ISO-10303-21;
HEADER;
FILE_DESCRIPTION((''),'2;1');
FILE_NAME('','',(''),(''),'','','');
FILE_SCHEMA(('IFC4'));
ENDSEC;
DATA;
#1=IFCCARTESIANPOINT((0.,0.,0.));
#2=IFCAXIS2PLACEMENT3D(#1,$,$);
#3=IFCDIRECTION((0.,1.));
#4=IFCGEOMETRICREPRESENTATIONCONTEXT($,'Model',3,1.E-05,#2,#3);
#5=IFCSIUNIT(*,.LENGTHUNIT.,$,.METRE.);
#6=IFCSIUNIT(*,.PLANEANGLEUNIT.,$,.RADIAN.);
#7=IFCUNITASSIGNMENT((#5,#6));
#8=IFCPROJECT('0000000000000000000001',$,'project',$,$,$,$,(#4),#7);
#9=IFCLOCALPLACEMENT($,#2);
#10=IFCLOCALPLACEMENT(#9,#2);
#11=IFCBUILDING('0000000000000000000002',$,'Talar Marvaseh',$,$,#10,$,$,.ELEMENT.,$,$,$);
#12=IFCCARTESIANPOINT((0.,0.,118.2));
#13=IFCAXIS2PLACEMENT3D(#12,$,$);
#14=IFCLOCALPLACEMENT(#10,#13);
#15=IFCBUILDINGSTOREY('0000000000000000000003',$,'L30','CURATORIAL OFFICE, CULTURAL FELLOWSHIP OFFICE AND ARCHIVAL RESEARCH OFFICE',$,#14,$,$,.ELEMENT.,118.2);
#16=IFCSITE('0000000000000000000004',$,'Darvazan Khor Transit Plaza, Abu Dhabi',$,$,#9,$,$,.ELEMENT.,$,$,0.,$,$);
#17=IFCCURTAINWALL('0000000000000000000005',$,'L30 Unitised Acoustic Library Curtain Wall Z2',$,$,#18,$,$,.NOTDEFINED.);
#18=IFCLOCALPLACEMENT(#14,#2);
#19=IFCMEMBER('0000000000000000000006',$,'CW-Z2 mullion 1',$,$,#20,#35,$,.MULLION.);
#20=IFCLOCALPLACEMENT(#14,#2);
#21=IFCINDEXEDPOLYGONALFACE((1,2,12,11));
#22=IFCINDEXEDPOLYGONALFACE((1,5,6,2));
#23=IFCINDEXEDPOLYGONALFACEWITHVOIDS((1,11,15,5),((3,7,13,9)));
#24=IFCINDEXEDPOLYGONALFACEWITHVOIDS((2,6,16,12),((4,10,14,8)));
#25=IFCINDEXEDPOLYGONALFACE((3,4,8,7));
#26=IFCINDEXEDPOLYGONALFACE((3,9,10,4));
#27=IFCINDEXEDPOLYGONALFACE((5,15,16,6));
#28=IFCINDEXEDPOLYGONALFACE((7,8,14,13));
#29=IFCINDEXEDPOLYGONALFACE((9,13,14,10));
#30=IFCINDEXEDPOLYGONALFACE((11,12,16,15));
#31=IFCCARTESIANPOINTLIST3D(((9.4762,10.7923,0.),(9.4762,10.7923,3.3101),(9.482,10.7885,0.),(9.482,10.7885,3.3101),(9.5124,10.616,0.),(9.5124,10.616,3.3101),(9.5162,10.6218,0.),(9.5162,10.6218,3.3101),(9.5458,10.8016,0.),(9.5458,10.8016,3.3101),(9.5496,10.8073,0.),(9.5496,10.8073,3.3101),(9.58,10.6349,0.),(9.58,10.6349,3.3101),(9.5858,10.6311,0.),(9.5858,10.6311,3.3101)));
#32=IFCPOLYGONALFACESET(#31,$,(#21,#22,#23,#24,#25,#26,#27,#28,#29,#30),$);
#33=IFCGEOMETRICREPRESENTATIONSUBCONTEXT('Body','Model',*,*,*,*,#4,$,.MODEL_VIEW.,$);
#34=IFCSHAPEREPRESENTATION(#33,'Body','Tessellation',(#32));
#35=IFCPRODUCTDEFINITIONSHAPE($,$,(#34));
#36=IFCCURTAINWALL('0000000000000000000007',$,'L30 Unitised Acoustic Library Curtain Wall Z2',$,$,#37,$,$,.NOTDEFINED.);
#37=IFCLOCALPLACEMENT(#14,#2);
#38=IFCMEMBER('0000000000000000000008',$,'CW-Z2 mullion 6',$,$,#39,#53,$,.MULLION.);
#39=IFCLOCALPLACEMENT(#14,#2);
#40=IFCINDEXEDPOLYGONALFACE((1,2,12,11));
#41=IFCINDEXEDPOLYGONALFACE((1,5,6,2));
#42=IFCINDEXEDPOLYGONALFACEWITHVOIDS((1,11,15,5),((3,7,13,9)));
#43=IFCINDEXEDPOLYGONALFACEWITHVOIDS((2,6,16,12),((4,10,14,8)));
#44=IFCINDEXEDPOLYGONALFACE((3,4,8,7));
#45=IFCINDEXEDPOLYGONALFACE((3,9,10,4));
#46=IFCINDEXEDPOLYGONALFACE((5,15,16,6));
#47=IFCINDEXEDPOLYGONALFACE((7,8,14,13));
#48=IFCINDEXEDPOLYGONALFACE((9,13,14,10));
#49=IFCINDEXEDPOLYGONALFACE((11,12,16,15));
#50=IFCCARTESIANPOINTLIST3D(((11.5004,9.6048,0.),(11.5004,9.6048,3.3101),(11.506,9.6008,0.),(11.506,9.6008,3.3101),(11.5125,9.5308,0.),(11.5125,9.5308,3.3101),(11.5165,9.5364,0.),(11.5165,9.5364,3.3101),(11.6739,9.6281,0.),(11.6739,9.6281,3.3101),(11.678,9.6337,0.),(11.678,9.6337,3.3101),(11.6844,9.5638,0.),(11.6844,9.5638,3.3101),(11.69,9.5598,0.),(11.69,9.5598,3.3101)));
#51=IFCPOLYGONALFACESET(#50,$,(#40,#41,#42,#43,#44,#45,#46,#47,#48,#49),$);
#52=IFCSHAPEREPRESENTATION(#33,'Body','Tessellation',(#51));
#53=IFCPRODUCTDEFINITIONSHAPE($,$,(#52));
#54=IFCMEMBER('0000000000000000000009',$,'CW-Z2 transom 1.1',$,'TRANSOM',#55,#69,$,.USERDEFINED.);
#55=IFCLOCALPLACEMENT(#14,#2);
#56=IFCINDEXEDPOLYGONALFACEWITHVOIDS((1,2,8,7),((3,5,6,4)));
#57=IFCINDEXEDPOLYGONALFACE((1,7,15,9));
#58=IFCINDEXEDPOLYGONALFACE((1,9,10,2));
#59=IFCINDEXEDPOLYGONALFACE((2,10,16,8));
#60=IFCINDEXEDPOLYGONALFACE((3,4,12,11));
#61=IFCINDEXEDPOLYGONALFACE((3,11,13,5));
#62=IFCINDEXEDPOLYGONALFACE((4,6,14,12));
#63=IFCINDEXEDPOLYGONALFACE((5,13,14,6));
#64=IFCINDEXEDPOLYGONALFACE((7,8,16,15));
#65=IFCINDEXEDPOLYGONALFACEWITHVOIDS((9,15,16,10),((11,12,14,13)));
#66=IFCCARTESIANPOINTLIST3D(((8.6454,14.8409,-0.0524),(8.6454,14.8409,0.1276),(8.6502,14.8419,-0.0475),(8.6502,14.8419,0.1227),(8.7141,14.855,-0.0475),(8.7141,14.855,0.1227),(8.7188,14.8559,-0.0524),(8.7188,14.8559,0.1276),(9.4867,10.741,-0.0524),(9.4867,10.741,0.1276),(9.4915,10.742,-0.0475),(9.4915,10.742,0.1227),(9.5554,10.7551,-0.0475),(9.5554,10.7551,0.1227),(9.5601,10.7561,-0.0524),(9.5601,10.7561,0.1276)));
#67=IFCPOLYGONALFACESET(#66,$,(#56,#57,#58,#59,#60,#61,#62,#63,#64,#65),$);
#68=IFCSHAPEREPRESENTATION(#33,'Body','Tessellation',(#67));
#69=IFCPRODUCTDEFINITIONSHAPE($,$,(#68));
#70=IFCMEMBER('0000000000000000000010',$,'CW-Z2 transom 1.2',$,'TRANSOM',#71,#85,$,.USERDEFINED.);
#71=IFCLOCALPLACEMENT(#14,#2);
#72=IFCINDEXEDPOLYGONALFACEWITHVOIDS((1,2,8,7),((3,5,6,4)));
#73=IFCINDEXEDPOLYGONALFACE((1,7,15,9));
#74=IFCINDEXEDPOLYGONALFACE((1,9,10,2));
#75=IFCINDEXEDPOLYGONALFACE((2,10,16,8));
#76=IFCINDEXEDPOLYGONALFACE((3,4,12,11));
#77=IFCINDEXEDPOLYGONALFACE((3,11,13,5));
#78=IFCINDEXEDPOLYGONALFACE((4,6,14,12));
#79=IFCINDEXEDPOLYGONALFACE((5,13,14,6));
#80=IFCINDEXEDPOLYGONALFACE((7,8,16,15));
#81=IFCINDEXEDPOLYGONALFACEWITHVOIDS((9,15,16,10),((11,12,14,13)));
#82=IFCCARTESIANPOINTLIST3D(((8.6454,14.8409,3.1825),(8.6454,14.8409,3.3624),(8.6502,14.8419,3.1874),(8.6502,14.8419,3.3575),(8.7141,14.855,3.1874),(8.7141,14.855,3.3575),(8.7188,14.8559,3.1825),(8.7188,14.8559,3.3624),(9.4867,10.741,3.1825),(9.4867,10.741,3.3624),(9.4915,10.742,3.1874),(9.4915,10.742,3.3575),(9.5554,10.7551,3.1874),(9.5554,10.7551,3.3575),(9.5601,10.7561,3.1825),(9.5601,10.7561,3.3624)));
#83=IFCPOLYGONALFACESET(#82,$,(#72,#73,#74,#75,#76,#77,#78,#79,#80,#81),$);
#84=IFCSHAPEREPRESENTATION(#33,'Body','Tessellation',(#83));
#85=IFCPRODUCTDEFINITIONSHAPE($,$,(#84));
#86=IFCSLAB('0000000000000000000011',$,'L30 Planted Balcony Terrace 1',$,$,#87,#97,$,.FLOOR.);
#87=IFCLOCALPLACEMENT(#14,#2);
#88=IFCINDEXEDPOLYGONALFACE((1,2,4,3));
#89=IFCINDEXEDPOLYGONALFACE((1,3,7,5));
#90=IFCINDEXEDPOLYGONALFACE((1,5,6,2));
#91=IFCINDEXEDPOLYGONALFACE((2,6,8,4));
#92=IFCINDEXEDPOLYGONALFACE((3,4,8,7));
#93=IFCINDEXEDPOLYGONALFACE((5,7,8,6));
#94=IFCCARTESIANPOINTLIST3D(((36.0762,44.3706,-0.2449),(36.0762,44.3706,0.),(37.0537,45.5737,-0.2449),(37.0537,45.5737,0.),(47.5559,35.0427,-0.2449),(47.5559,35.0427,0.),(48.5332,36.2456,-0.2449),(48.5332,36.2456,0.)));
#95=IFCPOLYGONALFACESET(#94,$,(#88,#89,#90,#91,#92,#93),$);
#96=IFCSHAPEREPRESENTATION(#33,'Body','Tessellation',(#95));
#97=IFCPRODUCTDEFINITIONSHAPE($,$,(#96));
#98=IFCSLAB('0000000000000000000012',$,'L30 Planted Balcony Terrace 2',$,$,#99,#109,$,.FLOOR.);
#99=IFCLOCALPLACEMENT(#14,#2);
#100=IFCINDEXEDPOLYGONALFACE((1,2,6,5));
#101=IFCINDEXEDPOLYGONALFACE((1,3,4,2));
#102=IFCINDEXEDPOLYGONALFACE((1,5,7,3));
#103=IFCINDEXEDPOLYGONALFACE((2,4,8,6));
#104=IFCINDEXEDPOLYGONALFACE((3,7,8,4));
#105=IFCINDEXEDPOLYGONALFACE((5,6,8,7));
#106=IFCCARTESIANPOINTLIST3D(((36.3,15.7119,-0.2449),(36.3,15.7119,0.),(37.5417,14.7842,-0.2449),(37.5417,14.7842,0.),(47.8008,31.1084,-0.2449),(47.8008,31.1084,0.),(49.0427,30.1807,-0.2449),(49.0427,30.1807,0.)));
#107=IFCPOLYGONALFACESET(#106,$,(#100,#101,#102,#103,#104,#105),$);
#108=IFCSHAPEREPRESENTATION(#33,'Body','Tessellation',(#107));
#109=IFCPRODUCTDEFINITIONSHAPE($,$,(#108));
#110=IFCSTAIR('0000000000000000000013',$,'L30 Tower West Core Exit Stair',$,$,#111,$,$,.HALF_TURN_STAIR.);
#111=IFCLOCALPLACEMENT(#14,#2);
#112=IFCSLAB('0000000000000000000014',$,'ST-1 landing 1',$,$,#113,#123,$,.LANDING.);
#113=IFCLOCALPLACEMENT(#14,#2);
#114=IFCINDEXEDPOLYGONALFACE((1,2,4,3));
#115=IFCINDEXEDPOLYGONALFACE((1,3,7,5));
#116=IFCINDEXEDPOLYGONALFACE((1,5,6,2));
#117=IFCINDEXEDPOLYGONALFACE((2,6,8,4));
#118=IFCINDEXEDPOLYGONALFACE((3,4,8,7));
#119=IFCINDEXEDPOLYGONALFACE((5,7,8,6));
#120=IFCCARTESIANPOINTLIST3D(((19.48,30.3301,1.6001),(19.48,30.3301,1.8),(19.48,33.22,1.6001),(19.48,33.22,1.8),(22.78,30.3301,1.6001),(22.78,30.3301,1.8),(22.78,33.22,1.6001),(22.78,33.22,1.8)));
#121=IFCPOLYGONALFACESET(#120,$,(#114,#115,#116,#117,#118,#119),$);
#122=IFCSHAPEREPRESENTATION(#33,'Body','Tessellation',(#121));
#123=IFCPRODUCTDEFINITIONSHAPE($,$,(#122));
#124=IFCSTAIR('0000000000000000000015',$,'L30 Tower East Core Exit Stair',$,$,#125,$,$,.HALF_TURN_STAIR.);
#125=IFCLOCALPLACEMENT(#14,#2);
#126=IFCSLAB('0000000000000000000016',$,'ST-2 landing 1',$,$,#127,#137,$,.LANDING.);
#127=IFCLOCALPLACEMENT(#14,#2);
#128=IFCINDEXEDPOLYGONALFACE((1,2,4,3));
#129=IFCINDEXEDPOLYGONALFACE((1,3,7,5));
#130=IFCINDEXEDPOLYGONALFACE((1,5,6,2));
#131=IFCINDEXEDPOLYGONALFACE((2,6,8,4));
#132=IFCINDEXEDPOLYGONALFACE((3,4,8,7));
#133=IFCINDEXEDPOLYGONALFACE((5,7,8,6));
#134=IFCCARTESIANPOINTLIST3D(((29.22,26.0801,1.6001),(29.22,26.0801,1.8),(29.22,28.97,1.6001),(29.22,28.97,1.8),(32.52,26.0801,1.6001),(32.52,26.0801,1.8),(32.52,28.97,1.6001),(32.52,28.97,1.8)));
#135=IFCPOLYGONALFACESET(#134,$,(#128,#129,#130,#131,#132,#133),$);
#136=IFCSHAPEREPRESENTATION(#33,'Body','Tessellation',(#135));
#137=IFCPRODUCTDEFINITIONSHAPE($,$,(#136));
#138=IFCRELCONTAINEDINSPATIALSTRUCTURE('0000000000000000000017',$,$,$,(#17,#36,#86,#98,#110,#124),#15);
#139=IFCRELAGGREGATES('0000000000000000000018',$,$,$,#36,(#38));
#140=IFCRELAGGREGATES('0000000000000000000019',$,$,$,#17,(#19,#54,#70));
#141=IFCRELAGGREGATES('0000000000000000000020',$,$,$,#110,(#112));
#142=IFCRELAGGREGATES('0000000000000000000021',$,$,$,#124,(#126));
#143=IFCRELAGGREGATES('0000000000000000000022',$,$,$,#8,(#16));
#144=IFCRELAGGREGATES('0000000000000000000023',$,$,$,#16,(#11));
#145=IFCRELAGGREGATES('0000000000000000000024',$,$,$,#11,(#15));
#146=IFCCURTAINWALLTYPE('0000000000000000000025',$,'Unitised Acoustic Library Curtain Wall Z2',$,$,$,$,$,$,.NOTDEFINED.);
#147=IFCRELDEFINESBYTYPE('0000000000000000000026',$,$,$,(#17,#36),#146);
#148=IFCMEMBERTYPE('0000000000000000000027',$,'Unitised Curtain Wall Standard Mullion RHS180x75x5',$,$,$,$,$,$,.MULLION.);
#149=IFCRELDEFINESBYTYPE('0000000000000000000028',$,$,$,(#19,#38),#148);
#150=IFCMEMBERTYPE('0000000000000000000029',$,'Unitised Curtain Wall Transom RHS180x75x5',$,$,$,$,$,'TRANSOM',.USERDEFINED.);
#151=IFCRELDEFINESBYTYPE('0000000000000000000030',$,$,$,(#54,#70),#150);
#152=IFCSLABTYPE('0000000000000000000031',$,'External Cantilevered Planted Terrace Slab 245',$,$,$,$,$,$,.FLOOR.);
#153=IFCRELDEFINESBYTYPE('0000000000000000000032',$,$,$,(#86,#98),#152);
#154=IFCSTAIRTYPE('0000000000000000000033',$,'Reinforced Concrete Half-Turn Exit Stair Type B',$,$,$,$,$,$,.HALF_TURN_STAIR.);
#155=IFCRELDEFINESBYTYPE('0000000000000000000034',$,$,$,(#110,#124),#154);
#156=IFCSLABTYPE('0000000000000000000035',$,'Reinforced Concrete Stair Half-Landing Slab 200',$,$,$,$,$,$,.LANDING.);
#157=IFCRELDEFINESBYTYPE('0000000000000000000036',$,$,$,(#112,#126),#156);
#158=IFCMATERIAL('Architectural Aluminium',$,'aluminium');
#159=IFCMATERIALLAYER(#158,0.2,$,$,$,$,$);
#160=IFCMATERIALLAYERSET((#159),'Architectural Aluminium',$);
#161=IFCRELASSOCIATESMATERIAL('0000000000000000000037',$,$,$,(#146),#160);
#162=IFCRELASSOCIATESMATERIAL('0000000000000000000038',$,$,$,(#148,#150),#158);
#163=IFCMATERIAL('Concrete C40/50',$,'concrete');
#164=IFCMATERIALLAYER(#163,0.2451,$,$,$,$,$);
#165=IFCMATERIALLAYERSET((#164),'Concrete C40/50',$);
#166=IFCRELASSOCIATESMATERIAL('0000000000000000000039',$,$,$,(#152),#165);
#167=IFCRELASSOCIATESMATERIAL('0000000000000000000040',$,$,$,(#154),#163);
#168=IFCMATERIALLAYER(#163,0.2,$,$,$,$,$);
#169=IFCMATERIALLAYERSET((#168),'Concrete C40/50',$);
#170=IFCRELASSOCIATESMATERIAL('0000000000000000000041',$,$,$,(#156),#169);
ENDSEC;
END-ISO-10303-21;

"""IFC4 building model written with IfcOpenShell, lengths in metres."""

from ifc_helpers import new_model, si_unit, direction, frame, origin, origin_2d, place, context, subcontext, project, spatial, polyline, hollow_rectangle, outline, extrude, source, transform, mapped, material, layer, layer_set, material_profile, profile_set, type_object, type_shapes, element, aggregate, save


model = new_model("IFC4")

# Units and contexts
model_context = context("Model", 3, precision=1e-05, world=origin(), true_north=direction((0.0, 1.0)))
body_context = subcontext(model_context, "Body", "Model", "MODEL_VIEW")
ifc_project = project(units=[si_unit("LENGTHUNIT", "METRE"), si_unit("PLANEANGLEUNIT", "RADIAN")], contexts=[model_context])

# Site, building, storey
site_placement = place(None, origin())
site = spatial("IfcSite", under=ifc_project, at=site_placement, Name="Darvazan Khor Transit Plaza, Abu Dhabi", CompositionType="ELEMENT", RefElevation=0.0)
building_placement = place(site_placement, origin())
building = spatial("IfcBuilding", under=site, at=building_placement, Name="Talar Marvaseh", CompositionType="ELEMENT")
storey_placement = place(building_placement, frame((0.0, 0.0, 118.2)))
storey = spatial("IfcBuildingStorey", under=building, at=storey_placement, Name="L30", Description="CURATORIAL OFFICE, CULTURAL FELLOWSHIP OFFICE AND ARCHIVAL RESEARCH OFFICE", CompositionType="ELEMENT", Elevation=118.2)

# Curtain walls, members
ifc_material_1 = material(Name="Architectural Aluminium", Category="aluminium")
ifc_layer_1 = layer(ifc_material_1, 0.2)
ifc_layer_set_1 = layer_set([ifc_layer_1], Name="Architectural Aluminium")
curtain_wall_type = type_object("IfcCurtainWallType", Name="Unitised Acoustic Library Curtain Wall Z2", PredefinedType="NOTDEFINED", material=ifc_layer_set_1)
curtain_wall_1_placement = place(storey_placement, origin())
curtain_wall_1 = element("IfcCurtainWall", 1, at=curtain_wall_1_placement, inside=storey, type_object=curtain_wall_type, Name="L30 Unitised Acoustic Library Curtain Wall Z2", PredefinedType="NOTDEFINED")
ifc_material_profile_1 = material_profile(ifc_material_1, hollow_rectangle(XDim=0.075, YDim=0.1799, WallThickness=0.0049, at=origin_2d()), Name="RHS180x75x5")
ifc_profile_set_1 = profile_set([ifc_material_profile_1], Name="Architectural Aluminium")
member_type_1 = type_object("IfcMemberType", Name="Unitised Curtain Wall Standard Mullion RHS180x75x5", PredefinedType="MULLION", material=ifc_profile_set_1)
shared_shape_1 = source(origin(), body_context, "Body", "SweptSolid", [
    extrude(hollow_rectangle(XDim=0.075, YDim=0.1799, WallThickness=0.0049, at=origin_2d()), origin(), (0.0, 0.0, 1.0), 3.3101),
])
type_shapes(member_type_1, [shared_shape_1])
member_1_placement = place(storey_placement, frame((9.531, 10.7117, 0.0), z_axis=(0.0, 0.0, 1.0), x_axis=(-0.979589, -0.201011, 0.0)))
member_1 = element("IfcMember", 2, at=member_1_placement, type_object=member_type_1, Name="CW-Z2 mullion 1", PredefinedType="MULLION", context=body_context, shape_type="MappedRepresentation", body=[
    mapped(shared_shape_1, transform((0.0, 0.0, 0.0), x_axis=(1.0, 0.0, 0.0), y_axis=(0.0, 1.0, 0.0), z_axis=(0.0, 0.0, 1.0), scale=1.0)),
])
curtain_wall_2_placement = place(storey_placement, origin())
curtain_wall_2 = element("IfcCurtainWall", 3, at=curtain_wall_2_placement, inside=storey, type_object=curtain_wall_type, Name="L30 Unitised Acoustic Library Curtain Wall Z2", PredefinedType="NOTDEFINED")
member_2_placement = place(storey_placement, frame((11.5952, 9.5823, 0.0), z_axis=(0.0, 0.0, 1.0), x_axis=(0.160892, -0.986972, 0.0)))
member_2 = element("IfcMember", 4, at=member_2_placement, type_object=member_type_1, Name="CW-Z2 mullion 6", PredefinedType="MULLION", context=body_context, shape_type="MappedRepresentation", body=[
    mapped(shared_shape_1, transform((0.0, 0.0, 0.0), x_axis=(1.0, 0.0, 0.0), y_axis=(0.0, 1.0, 0.0), z_axis=(0.0, 0.0, 1.0), scale=1.0)),
])
aggregate(curtain_wall_2, [member_2])

# Members
ifc_material_profile_2 = material_profile(ifc_material_1, hollow_rectangle(XDim=0.075, YDim=0.1799, WallThickness=0.0049, at=origin_2d()), Name="RHS180x75x5")
ifc_profile_set_2 = profile_set([ifc_material_profile_2], Name="Architectural Aluminium")
member_type_2 = type_object("IfcMemberType", Name="Unitised Curtain Wall Transom RHS180x75x5", ElementType="TRANSOM", PredefinedType="USERDEFINED", material=ifc_profile_set_2)
shared_shape_2 = source(origin(), body_context, "Body", "SweptSolid", [
    extrude(hollow_rectangle(XDim=0.075, YDim=0.1799, WallThickness=0.0049, at=origin_2d()), origin(), (0.0, 0.0, 1.0), 4.1853),
])
type_shapes(member_type_2, [shared_shape_2])
member_3_placement = place(storey_placement, frame((9.5234, 10.7485, 0.0376), z_axis=(-0.201016, 0.979588, 0.0), x_axis=(-0.979588, -0.201016, 0.0)))
member_3 = element("IfcMember", 5, at=member_3_placement, type_object=member_type_2, Name="CW-Z2 transom 1.1", ObjectType="TRANSOM", PredefinedType="USERDEFINED", context=body_context, shape_type="MappedRepresentation", body=[
    mapped(shared_shape_2, transform((0.0, 0.0, 0.0), x_axis=(1.0, 0.0, 0.0), y_axis=(0.0, 1.0, 0.0), z_axis=(0.0, 0.0, 1.0), scale=1.0)),
])
member_4_placement = place(storey_placement, frame((9.5234, 10.7485, 3.2725), z_axis=(-0.201016, 0.979588, 0.0), x_axis=(-0.979588, -0.201016, 0.0)))
member_4 = element("IfcMember", 6, at=member_4_placement, type_object=member_type_2, Name="CW-Z2 transom 1.2", ObjectType="TRANSOM", PredefinedType="USERDEFINED", context=body_context, shape_type="MappedRepresentation", body=[
    mapped(shared_shape_2, transform((0.0, 0.0, 0.0), x_axis=(1.0, 0.0, 0.0), y_axis=(0.0, 1.0, 0.0), z_axis=(0.0, 0.0, 1.0), scale=1.0)),
])
aggregate(curtain_wall_1, [member_1, member_3, member_4])

# Slabs
ifc_material_2 = material(Name="Concrete C40/50", Category="concrete")
ifc_layer_2 = layer(ifc_material_2, 0.2451)
ifc_layer_set_2 = layer_set([ifc_layer_2], Name="Concrete C40/50")
slab_type_1 = type_object("IfcSlabType", Name="External Cantilevered Planted Terrace Slab 245", PredefinedType="FLOOR", material=ifc_layer_set_2)
slab_1_placement = place(storey_placement, frame((0.0, 0.0, -0.2449)))
element("IfcSlab", 7, at=slab_1_placement, inside=storey, type_object=slab_type_1, Name="L30 Planted Balcony Terrace 1", PredefinedType="FLOOR", context=body_context, shape_type="SweptSolid", body=[
    extrude(outline(polyline([(36.0762, 44.3706), (47.5559, 35.0427), (48.5332, 36.2456), (37.0537, 45.5737), (36.0762, 44.3706)])), origin(), (0.0, 0.0, 1.0), 0.2449),
])
slab_2_placement = place(storey_placement, frame((0.0, 0.0, -0.2449)))
element("IfcSlab", 8, at=slab_2_placement, inside=storey, type_object=slab_type_1, Name="L30 Planted Balcony Terrace 2", PredefinedType="FLOOR", context=body_context, shape_type="SweptSolid", body=[
    extrude(outline(polyline([(47.8008, 31.1084), (36.3, 15.7119), (37.5417, 14.7842), (49.0427, 30.1807), (47.8008, 31.1084)])), origin(), (0.0, 0.0, 1.0), 0.2449),
])

# Stairs, slabs
stair_type = type_object("IfcStairType", Name="Reinforced Concrete Half-Turn Exit Stair Type B", PredefinedType="HALF_TURN_STAIR", material=ifc_material_2)
stair_1_placement = place(storey_placement, origin())
stair_1 = element("IfcStair", 9, at=stair_1_placement, inside=storey, type_object=stair_type, Name="L30 Tower West Core Exit Stair", PredefinedType="HALF_TURN_STAIR")
ifc_layer_3 = layer(ifc_material_2, 0.2)
ifc_layer_set_3 = layer_set([ifc_layer_3], Name="Concrete C40/50")
slab_type_2 = type_object("IfcSlabType", Name="Reinforced Concrete Stair Half-Landing Slab 200", PredefinedType="LANDING", material=ifc_layer_set_3)
slab_3_placement = place(storey_placement, frame((0.0, 0.0, 1.6001)))
slab_3 = element("IfcSlab", 10, at=slab_3_placement, type_object=slab_type_2, Name="ST-1 landing 1", PredefinedType="LANDING", context=body_context, shape_type="SweptSolid", body=[
    extrude(outline(polyline([(22.78, 30.3301), (22.78, 33.22), (19.48, 33.22), (19.48, 30.3301), (22.78, 30.3301)])), origin(), (0.0, 0.0, 1.0), 0.2),
])
aggregate(stair_1, [slab_3])
stair_2_placement = place(storey_placement, origin())
stair_2 = element("IfcStair", 11, at=stair_2_placement, inside=storey, type_object=stair_type, Name="L30 Tower East Core Exit Stair", PredefinedType="HALF_TURN_STAIR")
slab_4_placement = place(storey_placement, frame((0.0, 0.0, 1.6001)))
slab_4 = element("IfcSlab", 12, at=slab_4_placement, type_object=slab_type_2, Name="ST-2 landing 1", PredefinedType="LANDING", context=body_context, shape_type="SweptSolid", body=[
    extrude(outline(polyline([(29.22, 28.97), (29.22, 26.0801), (32.52, 26.0801), (32.52, 28.97), (29.22, 28.97)])), origin(), (0.0, 0.0, 1.0), 0.2),
])
aggregate(stair_2, [slab_4])

save(model, "model.ifc")
